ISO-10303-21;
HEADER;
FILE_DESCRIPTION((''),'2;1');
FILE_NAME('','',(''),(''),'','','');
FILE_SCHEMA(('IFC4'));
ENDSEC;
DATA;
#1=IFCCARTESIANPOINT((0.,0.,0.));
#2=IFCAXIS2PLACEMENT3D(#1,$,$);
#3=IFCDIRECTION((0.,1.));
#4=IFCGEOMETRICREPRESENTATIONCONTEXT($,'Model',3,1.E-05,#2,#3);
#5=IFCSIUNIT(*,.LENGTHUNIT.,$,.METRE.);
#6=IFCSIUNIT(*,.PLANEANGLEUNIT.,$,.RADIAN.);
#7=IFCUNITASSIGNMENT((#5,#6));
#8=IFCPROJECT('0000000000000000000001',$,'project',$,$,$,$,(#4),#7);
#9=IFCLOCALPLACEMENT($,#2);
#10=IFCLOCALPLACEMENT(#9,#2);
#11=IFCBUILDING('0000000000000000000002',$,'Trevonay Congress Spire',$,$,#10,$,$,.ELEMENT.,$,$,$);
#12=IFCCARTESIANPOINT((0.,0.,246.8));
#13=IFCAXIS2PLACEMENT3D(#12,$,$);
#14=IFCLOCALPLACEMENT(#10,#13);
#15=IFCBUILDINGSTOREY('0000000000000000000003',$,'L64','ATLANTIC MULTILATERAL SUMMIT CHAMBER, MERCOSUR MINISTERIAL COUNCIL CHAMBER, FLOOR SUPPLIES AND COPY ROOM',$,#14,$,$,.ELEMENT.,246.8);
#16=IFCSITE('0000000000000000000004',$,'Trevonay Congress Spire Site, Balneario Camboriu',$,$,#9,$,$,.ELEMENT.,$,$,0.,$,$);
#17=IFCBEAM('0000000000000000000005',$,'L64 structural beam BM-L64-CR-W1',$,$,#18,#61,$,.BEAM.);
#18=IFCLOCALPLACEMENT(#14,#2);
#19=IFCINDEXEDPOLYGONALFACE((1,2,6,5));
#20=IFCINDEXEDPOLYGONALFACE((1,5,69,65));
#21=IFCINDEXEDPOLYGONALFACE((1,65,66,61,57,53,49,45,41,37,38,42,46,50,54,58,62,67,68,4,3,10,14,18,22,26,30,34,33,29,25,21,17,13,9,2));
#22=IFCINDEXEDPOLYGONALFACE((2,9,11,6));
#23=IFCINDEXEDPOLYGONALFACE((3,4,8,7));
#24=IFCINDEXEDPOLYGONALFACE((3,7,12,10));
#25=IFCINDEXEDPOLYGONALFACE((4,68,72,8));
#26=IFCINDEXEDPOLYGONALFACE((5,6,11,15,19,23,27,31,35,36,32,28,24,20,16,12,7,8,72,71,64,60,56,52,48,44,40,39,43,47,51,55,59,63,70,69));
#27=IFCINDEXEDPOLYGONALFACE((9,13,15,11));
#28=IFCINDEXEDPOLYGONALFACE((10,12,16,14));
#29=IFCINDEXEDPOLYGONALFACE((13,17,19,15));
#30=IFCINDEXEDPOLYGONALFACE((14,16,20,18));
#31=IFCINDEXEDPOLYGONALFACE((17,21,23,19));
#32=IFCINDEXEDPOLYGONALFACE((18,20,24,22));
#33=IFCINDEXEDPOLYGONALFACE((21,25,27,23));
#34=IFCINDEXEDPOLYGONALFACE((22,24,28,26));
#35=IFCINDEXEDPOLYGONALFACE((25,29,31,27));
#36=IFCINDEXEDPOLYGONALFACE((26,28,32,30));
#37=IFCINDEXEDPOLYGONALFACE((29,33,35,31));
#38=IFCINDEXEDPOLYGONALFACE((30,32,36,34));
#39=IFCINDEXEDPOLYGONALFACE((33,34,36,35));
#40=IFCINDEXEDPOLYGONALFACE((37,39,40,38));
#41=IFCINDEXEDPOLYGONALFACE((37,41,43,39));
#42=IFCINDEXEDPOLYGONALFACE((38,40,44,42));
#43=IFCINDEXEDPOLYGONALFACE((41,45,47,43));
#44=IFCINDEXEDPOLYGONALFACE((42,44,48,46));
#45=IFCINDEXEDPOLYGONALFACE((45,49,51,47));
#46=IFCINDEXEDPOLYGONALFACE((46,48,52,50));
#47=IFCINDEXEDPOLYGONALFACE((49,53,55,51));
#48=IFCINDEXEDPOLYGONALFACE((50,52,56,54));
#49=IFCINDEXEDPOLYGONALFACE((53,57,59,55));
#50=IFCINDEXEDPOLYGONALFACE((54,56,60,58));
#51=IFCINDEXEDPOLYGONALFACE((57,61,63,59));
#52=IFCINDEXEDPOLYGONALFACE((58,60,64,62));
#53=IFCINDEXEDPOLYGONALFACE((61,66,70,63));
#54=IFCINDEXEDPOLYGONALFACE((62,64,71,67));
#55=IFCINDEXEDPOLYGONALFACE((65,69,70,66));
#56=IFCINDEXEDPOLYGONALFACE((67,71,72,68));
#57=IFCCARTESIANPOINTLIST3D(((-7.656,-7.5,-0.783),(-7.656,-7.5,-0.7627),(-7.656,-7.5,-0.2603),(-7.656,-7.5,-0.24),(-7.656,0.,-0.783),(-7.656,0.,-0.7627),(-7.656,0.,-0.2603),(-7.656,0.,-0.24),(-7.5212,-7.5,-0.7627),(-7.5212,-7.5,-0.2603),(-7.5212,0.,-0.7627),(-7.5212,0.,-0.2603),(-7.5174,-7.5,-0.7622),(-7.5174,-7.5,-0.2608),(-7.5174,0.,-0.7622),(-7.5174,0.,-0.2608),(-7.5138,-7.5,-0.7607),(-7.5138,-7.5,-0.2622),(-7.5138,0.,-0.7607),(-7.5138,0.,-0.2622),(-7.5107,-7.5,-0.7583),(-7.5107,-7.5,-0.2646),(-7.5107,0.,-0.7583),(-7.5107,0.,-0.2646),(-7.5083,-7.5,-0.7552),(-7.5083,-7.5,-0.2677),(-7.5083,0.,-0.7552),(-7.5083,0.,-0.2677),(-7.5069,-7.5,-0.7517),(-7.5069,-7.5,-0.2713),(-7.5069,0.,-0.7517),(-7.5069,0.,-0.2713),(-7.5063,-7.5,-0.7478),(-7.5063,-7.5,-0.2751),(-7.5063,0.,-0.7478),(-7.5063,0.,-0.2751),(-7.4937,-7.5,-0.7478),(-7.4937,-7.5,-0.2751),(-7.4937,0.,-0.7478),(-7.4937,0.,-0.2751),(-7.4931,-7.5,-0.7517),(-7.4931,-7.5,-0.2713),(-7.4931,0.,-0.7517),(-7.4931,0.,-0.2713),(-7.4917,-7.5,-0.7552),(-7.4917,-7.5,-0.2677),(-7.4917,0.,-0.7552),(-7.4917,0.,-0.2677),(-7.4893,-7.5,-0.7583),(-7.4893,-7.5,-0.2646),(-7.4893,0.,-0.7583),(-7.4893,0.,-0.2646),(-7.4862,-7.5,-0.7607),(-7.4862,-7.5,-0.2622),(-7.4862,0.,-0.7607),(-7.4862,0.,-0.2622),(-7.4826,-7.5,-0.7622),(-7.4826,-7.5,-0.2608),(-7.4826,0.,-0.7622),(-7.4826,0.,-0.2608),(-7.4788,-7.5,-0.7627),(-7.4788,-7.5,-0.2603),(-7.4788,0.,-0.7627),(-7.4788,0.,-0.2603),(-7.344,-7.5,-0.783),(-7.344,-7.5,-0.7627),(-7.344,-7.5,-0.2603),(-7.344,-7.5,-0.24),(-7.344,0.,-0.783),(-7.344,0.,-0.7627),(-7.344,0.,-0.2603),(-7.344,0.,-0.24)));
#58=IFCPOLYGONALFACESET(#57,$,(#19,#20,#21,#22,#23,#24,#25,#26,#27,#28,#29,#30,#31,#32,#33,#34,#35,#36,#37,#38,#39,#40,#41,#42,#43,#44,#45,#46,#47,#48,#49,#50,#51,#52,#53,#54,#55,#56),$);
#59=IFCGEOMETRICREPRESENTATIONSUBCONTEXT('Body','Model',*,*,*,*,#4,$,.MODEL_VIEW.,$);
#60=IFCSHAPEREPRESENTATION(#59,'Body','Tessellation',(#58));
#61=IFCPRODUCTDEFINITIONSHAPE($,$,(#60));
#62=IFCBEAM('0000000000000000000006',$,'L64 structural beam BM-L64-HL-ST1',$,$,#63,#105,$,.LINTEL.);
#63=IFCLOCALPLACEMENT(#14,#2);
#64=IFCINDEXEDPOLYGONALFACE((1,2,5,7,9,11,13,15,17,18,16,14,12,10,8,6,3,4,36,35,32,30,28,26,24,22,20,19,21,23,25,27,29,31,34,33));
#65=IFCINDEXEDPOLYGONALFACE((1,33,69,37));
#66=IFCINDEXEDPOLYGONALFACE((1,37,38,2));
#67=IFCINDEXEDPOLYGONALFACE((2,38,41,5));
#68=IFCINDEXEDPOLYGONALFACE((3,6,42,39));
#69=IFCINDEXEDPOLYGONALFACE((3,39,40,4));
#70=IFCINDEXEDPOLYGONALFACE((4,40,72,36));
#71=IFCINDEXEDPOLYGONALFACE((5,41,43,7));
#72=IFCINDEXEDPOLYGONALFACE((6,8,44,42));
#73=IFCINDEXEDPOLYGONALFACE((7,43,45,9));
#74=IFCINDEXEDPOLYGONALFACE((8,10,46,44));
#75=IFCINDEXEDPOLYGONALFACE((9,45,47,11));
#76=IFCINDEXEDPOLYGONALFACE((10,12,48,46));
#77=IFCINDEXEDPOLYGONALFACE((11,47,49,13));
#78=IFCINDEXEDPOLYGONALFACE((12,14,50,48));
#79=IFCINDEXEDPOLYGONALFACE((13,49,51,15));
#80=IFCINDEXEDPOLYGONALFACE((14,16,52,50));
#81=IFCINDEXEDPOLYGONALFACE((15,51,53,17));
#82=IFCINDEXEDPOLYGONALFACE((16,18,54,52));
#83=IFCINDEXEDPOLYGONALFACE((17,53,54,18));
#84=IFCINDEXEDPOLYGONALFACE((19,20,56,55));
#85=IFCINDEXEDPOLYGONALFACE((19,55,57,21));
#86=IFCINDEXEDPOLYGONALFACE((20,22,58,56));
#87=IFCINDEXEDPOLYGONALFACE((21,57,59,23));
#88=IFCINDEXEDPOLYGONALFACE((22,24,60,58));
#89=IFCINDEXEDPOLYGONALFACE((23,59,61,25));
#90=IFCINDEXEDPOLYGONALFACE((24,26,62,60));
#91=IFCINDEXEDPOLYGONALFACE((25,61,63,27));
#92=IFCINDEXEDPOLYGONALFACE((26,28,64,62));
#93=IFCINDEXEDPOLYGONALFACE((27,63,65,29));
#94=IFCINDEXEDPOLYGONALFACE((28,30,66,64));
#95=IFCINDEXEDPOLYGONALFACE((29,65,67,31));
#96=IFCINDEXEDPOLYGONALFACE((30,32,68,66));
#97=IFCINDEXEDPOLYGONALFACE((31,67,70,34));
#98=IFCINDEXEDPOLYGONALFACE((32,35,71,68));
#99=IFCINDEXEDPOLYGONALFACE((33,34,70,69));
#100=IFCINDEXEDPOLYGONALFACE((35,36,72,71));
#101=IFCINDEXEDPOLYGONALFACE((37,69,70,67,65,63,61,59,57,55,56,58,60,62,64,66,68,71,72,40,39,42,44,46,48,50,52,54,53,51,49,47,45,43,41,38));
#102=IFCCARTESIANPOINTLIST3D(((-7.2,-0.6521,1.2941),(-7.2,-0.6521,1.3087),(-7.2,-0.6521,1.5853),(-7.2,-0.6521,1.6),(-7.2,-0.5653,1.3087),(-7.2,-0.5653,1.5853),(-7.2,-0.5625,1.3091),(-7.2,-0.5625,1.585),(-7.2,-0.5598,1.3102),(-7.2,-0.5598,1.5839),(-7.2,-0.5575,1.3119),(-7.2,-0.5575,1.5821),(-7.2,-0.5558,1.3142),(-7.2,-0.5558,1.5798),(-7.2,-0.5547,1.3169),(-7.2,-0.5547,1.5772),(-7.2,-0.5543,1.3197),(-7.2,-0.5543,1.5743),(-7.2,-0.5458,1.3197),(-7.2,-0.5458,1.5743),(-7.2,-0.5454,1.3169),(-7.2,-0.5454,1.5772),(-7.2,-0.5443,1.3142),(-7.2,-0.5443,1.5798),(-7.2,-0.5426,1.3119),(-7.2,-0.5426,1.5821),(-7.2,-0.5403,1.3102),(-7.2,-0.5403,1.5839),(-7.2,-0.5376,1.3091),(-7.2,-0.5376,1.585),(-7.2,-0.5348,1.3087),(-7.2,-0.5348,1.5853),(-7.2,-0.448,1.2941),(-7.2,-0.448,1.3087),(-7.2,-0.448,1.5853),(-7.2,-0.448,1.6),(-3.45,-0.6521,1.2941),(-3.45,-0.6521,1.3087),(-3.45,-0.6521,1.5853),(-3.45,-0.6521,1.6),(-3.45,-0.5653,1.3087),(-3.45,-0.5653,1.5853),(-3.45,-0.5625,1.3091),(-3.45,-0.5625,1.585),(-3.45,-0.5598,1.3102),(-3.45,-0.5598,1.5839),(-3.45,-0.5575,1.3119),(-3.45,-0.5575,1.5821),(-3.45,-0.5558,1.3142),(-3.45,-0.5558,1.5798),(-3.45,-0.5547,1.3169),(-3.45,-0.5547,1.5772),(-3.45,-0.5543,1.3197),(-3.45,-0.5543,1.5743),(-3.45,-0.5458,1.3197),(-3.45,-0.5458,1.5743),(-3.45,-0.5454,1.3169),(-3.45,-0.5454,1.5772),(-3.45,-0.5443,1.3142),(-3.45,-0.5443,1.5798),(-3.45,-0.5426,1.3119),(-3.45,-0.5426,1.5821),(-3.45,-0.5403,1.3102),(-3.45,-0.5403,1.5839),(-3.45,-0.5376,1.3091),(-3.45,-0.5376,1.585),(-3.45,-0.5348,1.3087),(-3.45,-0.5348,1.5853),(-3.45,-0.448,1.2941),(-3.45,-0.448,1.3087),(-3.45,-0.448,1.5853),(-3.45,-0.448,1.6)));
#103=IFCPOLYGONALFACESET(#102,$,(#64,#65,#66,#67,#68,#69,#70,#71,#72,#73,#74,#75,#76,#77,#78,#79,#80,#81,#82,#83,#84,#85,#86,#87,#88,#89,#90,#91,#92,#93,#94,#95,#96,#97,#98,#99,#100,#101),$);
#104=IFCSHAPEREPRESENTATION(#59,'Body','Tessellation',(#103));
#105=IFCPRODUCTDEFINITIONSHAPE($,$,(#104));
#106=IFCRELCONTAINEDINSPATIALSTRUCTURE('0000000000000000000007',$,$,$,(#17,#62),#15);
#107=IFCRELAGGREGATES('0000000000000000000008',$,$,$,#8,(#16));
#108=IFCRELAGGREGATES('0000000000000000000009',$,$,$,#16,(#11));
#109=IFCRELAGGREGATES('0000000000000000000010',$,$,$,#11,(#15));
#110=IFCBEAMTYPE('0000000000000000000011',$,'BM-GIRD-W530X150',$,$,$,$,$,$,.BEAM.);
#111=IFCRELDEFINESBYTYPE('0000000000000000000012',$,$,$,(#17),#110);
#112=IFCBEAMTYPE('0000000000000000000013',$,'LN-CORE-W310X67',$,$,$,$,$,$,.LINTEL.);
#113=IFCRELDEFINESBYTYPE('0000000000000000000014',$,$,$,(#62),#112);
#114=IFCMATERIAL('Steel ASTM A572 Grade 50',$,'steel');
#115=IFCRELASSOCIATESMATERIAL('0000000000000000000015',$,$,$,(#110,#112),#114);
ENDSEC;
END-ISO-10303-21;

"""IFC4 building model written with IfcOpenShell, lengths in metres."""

from ifc_helpers import new_model, si_unit, direction, frame, origin, origin_2d, place, context, subcontext, project, spatial, i_section, extrude, material, material_profile, profile_set, type_object, element, save


model = new_model("IFC4")

# Units and contexts
model_context = context("Model", 3, precision=1e-05, world=origin(), true_north=direction((0.0, 1.0)))
body_context = subcontext(model_context, "Body", "Model", "MODEL_VIEW")
ifc_project = project(units=[si_unit("LENGTHUNIT", "METRE"), si_unit("PLANEANGLEUNIT", "RADIAN")], contexts=[model_context])

# Site, building, storey
site_placement = place(None, origin())
site = spatial("IfcSite", under=ifc_project, at=site_placement, Name="Trevonay Congress Spire Site, Balneario Camboriu", CompositionType="ELEMENT", RefElevation=0.0)
building_placement = place(site_placement, origin())
building = spatial("IfcBuilding", under=site, at=building_placement, Name="Trevonay Congress Spire", CompositionType="ELEMENT")
storey_placement = place(building_placement, frame((0.0, 0.0, 246.8)))
storey = spatial("IfcBuildingStorey", under=building, at=storey_placement, Name="L64", Description="ATLANTIC MULTILATERAL SUMMIT CHAMBER, MERCOSUR MINISTERIAL COUNCIL CHAMBER, FLOOR SUPPLIES AND COPY ROOM", CompositionType="ELEMENT", Elevation=246.8)

# Shared definitions
ifc_material_1 = material(Name="Steel ASTM A572 Grade 50", Category="steel")

# Beams
ifc_material_profile_1 = material_profile(ifc_material_1, i_section(OverallWidth=0.312, OverallDepth=0.543, WebThickness=0.0127, FlangeThickness=0.0203, FilletRadius=0.0149, at=origin_2d()), Name="W530x150")
ifc_profile_set_1 = profile_set([ifc_material_profile_1], Name="Steel ASTM A572 Grade 50")
beam_type_1 = type_object("IfcBeamType", Name="BM-GIRD-W530X150", PredefinedType="BEAM", material=ifc_profile_set_1)
beam_1_placement = place(storey_placement, frame((-7.5, -7.5, -0.5115), z_axis=(0.0, 1.0, 0.0), x_axis=(-1.0, 0.0, 0.0)))
element("IfcBeam", 1, at=beam_1_placement, inside=storey, type_object=beam_type_1, Name="L64 structural beam BM-L64-CR-W1", PredefinedType="BEAM", context=body_context, shape_type="SweptSolid", body=[
    extrude(i_section(OverallWidth=0.312, OverallDepth=0.543, WebThickness=0.0127, FlangeThickness=0.0203, FilletRadius=0.0149, at=origin_2d()), origin(), (0.0, 0.0, 1.0), 7.5),
])
ifc_material_profile_2 = material_profile(ifc_material_1, i_section(OverallWidth=0.2041, OverallDepth=0.3059, WebThickness=0.0085, FlangeThickness=0.0146, FilletRadius=0.011, at=origin_2d()), Name="W310x67")
ifc_profile_set_2 = profile_set([ifc_material_profile_2], Name="Steel ASTM A572 Grade 50")
beam_type_2 = type_object("IfcBeamType", Name="LN-CORE-W310X67", PredefinedType="LINTEL", material=ifc_profile_set_2)
beam_2_placement = place(storey_placement, frame((-7.2, -0.55, 1.447), z_axis=(1.0, 0.0, 0.0), x_axis=(0.0, 1.0, 0.0)))
element("IfcBeam", 2, at=beam_2_placement, inside=storey, type_object=beam_type_2, Name="L64 structural beam BM-L64-HL-ST1", PredefinedType="LINTEL", context=body_context, shape_type="SweptSolid", body=[
    extrude(i_section(OverallWidth=0.2041, OverallDepth=0.3059, WebThickness=0.0085, FlangeThickness=0.0146, FilletRadius=0.011, at=origin_2d()), origin(), (0.0, 0.0, 1.0), 3.75),
])

save(model, "model.ifc")
